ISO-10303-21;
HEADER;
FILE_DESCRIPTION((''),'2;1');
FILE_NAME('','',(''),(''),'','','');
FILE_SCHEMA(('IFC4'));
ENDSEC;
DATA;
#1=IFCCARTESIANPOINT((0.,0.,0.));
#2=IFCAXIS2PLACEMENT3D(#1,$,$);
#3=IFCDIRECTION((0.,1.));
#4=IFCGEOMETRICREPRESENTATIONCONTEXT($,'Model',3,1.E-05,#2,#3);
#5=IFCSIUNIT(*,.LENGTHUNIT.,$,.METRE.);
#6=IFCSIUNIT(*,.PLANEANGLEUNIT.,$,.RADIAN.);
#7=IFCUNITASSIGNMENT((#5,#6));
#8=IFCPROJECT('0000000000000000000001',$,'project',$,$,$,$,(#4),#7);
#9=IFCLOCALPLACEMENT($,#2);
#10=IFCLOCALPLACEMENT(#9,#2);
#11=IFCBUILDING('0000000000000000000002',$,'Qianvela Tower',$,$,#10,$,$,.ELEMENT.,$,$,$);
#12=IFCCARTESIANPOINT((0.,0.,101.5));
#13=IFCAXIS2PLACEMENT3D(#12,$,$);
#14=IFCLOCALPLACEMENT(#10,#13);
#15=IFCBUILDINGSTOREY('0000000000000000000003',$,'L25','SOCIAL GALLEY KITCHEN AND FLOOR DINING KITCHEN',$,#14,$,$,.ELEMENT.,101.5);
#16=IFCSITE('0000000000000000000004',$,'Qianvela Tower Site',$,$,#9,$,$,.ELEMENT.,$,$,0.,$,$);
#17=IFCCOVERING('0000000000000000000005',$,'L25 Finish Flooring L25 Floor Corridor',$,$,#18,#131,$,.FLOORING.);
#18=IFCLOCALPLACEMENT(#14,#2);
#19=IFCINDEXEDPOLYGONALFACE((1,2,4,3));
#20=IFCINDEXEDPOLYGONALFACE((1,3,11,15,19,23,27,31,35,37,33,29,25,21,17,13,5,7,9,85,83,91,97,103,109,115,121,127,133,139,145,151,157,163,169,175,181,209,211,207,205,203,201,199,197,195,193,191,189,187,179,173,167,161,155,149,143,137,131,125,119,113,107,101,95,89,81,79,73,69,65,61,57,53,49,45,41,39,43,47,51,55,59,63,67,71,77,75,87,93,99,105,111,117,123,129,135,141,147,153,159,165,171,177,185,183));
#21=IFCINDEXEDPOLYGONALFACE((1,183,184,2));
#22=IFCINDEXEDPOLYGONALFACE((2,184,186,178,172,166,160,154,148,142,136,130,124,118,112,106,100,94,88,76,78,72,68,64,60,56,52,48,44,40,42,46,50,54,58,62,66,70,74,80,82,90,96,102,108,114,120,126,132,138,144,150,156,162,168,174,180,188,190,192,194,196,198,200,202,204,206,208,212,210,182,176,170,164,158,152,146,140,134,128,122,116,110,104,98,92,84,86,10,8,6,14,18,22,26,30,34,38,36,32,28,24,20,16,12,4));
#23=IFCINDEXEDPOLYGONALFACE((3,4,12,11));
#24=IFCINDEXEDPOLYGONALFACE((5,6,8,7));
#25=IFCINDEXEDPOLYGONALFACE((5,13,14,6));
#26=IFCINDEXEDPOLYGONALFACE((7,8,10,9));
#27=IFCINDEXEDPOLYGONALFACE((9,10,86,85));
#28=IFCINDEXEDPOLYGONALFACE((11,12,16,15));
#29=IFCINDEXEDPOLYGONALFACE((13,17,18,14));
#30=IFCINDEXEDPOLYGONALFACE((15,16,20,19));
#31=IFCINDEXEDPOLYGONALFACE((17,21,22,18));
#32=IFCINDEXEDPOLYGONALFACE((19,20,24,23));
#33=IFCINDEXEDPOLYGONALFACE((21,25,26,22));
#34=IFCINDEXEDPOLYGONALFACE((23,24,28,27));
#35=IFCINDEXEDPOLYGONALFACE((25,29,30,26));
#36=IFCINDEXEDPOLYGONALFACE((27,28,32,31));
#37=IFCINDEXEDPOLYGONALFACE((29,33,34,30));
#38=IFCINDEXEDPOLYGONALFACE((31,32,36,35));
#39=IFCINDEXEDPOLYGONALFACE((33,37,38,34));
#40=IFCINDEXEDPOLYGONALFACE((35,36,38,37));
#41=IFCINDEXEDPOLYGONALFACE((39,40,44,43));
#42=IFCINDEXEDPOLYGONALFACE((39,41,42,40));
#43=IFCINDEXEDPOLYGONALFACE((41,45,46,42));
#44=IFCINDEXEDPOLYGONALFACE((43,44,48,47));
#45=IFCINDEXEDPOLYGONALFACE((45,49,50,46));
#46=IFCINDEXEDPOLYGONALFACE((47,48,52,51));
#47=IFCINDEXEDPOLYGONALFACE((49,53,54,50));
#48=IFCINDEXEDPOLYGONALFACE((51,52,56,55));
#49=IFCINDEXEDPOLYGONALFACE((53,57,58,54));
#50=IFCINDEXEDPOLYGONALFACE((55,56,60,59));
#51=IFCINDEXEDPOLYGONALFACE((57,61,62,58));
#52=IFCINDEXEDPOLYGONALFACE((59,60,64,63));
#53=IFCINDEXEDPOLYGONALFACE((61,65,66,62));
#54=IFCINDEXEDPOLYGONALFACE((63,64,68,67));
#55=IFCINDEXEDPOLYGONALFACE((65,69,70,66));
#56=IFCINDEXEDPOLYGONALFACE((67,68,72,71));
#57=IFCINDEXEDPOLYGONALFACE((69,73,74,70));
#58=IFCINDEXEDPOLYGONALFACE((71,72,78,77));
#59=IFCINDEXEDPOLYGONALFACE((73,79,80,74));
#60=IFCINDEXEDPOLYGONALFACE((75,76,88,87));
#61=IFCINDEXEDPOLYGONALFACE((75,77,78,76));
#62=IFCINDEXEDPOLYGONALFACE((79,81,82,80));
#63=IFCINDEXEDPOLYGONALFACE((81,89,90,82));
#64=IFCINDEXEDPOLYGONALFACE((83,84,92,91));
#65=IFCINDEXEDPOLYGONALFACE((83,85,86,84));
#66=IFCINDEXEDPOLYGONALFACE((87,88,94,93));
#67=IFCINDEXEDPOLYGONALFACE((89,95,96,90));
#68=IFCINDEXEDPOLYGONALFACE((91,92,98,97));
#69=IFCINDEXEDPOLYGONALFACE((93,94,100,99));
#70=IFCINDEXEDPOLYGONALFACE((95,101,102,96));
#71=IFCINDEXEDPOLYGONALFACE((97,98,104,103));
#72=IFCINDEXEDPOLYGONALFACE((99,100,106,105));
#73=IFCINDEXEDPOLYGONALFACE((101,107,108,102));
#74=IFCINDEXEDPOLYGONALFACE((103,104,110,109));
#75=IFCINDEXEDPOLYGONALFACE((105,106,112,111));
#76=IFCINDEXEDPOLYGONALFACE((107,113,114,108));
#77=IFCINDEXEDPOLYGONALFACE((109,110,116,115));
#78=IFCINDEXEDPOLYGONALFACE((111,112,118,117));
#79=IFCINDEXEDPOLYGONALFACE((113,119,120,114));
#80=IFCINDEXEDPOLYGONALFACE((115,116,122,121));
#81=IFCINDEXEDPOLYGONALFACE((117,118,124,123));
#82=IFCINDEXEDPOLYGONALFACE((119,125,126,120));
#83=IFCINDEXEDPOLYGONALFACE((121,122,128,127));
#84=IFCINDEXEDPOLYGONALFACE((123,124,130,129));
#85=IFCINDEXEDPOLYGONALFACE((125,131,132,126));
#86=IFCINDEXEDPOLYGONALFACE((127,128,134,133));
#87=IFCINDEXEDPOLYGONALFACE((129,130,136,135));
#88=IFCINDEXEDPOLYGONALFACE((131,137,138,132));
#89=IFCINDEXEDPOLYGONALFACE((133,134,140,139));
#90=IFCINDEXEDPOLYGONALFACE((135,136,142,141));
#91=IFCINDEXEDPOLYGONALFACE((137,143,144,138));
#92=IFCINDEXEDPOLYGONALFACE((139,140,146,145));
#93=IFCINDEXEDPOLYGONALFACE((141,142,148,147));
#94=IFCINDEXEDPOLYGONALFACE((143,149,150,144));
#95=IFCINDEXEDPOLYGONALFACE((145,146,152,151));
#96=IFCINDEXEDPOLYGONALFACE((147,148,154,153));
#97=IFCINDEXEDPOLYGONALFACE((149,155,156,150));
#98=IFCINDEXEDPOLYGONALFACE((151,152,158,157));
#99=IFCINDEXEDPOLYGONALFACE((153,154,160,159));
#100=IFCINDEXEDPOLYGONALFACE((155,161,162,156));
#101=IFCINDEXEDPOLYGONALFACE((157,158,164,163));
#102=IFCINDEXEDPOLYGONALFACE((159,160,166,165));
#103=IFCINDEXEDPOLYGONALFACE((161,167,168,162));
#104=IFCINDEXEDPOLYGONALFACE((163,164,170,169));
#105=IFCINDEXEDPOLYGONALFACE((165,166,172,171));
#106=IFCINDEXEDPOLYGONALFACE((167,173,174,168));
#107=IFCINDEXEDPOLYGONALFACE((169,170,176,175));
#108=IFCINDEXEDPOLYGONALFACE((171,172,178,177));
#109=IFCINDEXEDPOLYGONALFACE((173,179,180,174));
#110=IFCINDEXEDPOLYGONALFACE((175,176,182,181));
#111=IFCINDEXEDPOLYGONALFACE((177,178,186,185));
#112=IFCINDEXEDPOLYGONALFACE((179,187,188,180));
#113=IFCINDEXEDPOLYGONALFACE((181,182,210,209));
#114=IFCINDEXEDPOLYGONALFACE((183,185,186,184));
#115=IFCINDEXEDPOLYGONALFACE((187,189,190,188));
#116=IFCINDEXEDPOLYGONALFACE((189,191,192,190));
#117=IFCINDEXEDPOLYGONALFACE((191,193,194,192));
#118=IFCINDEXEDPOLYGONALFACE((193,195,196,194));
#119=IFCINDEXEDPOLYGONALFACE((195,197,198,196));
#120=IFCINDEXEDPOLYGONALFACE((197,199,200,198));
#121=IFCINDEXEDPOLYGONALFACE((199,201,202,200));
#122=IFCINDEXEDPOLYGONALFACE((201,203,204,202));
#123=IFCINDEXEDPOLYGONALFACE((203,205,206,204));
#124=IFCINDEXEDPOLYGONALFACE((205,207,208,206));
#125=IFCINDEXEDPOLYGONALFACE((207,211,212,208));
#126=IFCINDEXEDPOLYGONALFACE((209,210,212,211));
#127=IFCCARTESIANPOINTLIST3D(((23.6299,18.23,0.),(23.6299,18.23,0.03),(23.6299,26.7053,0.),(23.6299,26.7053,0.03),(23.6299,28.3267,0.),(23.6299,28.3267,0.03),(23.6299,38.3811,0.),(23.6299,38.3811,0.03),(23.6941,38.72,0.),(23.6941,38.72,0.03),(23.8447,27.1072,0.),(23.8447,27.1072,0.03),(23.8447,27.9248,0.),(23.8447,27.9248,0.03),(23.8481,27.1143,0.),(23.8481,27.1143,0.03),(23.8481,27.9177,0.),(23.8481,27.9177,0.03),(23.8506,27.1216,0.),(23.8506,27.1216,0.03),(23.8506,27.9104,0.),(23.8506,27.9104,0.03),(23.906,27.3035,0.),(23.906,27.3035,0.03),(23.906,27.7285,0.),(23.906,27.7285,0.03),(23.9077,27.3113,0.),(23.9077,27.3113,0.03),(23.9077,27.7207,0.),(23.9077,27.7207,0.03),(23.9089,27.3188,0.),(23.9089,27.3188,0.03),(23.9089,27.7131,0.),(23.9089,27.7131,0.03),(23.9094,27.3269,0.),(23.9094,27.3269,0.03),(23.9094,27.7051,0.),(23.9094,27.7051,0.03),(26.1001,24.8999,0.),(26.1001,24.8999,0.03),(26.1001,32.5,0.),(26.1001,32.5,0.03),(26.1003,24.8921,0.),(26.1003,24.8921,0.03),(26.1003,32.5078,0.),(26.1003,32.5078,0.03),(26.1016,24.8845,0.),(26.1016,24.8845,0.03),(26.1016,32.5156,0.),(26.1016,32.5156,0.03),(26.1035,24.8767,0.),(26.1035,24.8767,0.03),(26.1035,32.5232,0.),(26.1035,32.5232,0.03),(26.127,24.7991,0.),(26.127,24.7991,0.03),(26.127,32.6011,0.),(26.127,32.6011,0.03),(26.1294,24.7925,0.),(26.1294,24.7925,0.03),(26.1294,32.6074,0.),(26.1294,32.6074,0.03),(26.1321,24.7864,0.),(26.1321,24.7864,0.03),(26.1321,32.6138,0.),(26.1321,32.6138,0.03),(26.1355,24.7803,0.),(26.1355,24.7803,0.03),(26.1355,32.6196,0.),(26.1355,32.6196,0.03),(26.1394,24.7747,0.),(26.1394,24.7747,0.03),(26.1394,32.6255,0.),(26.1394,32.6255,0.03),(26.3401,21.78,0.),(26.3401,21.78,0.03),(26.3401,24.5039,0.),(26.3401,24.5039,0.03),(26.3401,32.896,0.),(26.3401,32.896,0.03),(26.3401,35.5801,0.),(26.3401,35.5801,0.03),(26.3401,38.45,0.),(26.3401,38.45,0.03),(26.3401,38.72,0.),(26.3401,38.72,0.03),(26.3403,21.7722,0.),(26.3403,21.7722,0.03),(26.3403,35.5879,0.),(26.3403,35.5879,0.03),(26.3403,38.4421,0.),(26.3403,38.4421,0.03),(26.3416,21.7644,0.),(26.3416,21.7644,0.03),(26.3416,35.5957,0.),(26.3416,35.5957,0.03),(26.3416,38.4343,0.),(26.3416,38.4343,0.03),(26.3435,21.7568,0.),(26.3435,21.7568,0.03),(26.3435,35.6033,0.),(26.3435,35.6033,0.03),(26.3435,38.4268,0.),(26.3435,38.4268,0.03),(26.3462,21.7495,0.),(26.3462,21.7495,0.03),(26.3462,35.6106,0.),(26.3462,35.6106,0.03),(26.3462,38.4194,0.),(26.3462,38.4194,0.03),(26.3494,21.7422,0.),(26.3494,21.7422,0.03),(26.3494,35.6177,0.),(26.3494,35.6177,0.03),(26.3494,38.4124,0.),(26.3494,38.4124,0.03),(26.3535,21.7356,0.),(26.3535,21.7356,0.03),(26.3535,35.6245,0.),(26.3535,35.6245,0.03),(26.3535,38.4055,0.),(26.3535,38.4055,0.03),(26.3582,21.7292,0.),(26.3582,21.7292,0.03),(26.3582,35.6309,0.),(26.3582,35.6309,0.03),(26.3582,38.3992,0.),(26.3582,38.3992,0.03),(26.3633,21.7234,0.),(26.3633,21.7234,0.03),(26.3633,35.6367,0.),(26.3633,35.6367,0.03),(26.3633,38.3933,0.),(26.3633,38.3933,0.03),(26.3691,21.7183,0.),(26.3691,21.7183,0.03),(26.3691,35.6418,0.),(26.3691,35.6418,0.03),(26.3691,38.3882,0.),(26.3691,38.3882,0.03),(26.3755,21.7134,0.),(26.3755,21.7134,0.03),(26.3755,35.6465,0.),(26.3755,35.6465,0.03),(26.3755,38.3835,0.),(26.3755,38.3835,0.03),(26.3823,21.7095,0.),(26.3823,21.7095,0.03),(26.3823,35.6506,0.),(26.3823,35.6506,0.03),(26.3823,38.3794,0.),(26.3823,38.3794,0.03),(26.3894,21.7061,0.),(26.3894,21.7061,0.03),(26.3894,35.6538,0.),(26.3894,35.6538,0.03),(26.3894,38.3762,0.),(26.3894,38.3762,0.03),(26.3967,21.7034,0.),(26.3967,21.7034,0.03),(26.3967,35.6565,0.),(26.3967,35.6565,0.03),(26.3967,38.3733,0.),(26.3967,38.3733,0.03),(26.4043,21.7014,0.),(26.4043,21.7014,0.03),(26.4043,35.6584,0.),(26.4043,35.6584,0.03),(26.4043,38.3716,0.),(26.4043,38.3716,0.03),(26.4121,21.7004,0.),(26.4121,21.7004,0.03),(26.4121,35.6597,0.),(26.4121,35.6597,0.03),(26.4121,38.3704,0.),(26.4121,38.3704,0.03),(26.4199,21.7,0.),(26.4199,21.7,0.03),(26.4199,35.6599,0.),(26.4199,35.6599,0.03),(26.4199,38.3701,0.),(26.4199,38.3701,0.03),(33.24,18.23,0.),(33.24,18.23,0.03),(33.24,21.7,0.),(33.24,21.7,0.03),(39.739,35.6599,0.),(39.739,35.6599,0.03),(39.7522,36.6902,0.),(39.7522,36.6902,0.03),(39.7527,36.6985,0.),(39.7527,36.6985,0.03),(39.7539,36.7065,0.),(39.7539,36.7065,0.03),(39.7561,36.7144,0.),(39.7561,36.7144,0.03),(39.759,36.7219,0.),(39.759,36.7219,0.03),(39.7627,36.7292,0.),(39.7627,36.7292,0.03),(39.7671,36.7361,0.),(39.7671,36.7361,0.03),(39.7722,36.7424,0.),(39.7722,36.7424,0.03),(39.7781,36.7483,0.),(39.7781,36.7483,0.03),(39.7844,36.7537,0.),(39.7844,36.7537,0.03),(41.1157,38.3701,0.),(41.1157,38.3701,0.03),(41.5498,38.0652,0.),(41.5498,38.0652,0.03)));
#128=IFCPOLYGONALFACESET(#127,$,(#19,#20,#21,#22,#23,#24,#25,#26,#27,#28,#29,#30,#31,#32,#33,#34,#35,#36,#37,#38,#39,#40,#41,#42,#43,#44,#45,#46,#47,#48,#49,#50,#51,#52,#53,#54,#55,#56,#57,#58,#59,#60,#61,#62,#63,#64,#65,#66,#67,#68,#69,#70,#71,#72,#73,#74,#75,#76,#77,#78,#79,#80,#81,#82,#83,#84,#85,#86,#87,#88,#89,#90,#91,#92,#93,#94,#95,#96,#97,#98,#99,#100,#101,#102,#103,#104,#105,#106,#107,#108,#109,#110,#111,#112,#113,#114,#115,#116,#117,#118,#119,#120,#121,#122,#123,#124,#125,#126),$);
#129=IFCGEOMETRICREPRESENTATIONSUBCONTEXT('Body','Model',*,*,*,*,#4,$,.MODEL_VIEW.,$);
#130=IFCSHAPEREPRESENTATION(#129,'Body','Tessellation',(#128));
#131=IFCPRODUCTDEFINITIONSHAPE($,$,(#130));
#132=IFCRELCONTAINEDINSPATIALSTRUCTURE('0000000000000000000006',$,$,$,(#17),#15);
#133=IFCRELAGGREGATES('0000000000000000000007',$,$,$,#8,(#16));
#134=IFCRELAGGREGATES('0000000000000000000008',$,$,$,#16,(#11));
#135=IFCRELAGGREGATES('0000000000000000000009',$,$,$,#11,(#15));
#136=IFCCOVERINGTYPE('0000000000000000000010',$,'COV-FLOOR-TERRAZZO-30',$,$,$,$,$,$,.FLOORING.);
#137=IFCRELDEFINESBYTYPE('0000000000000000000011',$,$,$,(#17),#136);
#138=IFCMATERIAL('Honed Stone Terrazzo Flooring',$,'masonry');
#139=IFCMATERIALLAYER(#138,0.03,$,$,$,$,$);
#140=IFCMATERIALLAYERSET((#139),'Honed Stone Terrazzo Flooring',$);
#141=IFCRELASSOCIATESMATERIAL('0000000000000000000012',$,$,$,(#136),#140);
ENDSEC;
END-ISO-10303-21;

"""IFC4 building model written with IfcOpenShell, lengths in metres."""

from ifc_helpers import new_model, si_unit, direction, frame, origin, place, context, subcontext, project, spatial, polyline, outline, extrude, material, layer, layer_set, type_object, element, save


model = new_model("IFC4")

# Units and contexts
model_context = context("Model", 3, precision=1e-05, world=origin(), true_north=direction((0.0, 1.0)))
body_context = subcontext(model_context, "Body", "Model", "MODEL_VIEW")
ifc_project = project(units=[si_unit("LENGTHUNIT", "METRE"), si_unit("PLANEANGLEUNIT", "RADIAN")], contexts=[model_context])

# Site, building, storey
site_placement = place(None, origin())
site = spatial("IfcSite", under=ifc_project, at=site_placement, Name="Qianvela Tower Site", CompositionType="ELEMENT", RefElevation=0.0)
building_placement = place(site_placement, origin())
building = spatial("IfcBuilding", under=site, at=building_placement, Name="Qianvela Tower", CompositionType="ELEMENT")
storey_placement = place(building_placement, frame((0.0, 0.0, 101.5)))
storey = spatial("IfcBuildingStorey", under=building, at=storey_placement, Name="L25", Description="SOCIAL GALLEY KITCHEN AND FLOOR DINING KITCHEN", CompositionType="ELEMENT", Elevation=101.5)

# Covering
ifc_material_1 = material(Name="Honed Stone Terrazzo Flooring", Category="masonry")
ifc_layer_1 = layer(ifc_material_1, 0.03)
ifc_layer_set_1 = layer_set([ifc_layer_1], Name="Honed Stone Terrazzo Flooring")
covering_type_1 = type_object("IfcCoveringType", Name="COV-FLOOR-TERRAZZO-30", PredefinedType="FLOORING", material=ifc_layer_set_1)
covering_1_placement = place(storey_placement, origin())
element("IfcCovering", 1, at=covering_1_placement, inside=storey, type_object=covering_type_1, Name="L25 Finish Flooring L25 Floor Corridor", PredefinedType="FLOORING", context=body_context, shape_type="SweptSolid", body=[
    extrude(outline(polyline([(26.3401, 38.72), (26.3401, 38.45), (26.3403, 38.4421), (26.3416, 38.4343), (26.3435, 38.4268), (26.3462, 38.4194), (26.3494, 38.4124), (26.3535, 38.4055), (26.3582, 38.3992), (26.3633, 38.3933), (26.3691, 38.3882), (26.3755, 38.3835), (26.3823, 38.3794), (26.3894, 38.3762), (26.3967, 38.3733), (26.4043, 38.3716), (26.4121, 38.3704), (26.4199, 38.3701), (41.1157, 38.3701), (41.5498, 38.0652), (39.7844, 36.7537), (39.7781, 36.7483), (39.7722, 36.7424), (39.7671, 36.7361), (39.7627, 36.7292), (39.759, 36.7219), (39.7561, 36.7144), (39.7539, 36.7065), (39.7527, 36.6985), (39.7522, 36.6902), (39.739, 35.6599), (26.4199, 35.6599), (26.4121, 35.6597), (26.4043, 35.6584), (26.3967, 35.6565), (26.3894, 35.6538), (26.3823, 35.6506), (26.3755, 35.6465), (26.3691, 35.6418), (26.3633, 35.6367), (26.3582, 35.6309), (26.3535, 35.6245), (26.3494, 35.6177), (26.3462, 35.6106), (26.3435, 35.6033), (26.3416, 35.5957), (26.3403, 35.5879), (26.3401, 35.5801), (26.3401, 32.896), (26.1394, 32.6255), (26.1355, 32.6196), (26.1321, 32.6138), (26.1294, 32.6074), (26.127, 32.6011), (26.1035, 32.5232), (26.1016, 32.5156), (26.1003, 32.5078), (26.1001, 32.5), (26.1001, 24.8999), (26.1003, 24.8921), (26.1016, 24.8845), (26.1035, 24.8767), (26.127, 24.7991), (26.1294, 24.7925), (26.1321, 24.7864), (26.1355, 24.7803), (26.1394, 24.7747), (26.3401, 24.5039), (26.3401, 21.78), (26.3403, 21.7722), (26.3416, 21.7644), (26.3435, 21.7568), (26.3462, 21.7495), (26.3494, 21.7422), (26.3535, 21.7356), (26.3582, 21.7292), (26.3633, 21.7234), (26.3691, 21.7183), (26.3755, 21.7134), (26.3823, 21.7095), (26.3894, 21.7061), (26.3967, 21.7034), (26.4043, 21.7014), (26.4121, 21.7004), (26.4199, 21.7), (33.24, 21.7), (33.24, 18.23), (23.6299, 18.23), (23.6299, 26.7053), (23.8447, 27.1072), (23.8481, 27.1143), (23.8506, 27.1216), (23.906, 27.3035), (23.9077, 27.3113), (23.9089, 27.3188), (23.9094, 27.3269), (23.9094, 27.7051), (23.9089, 27.7131), (23.9077, 27.7207), (23.906, 27.7285), (23.8506, 27.9104), (23.8481, 27.9177), (23.8447, 27.9248), (23.6299, 28.3267), (23.6299, 38.3811), (23.6941, 38.72), (26.3401, 38.72)])), origin(), (0.0, 0.0, 1.0), 0.03),
])

save(model, "model.ifc")
